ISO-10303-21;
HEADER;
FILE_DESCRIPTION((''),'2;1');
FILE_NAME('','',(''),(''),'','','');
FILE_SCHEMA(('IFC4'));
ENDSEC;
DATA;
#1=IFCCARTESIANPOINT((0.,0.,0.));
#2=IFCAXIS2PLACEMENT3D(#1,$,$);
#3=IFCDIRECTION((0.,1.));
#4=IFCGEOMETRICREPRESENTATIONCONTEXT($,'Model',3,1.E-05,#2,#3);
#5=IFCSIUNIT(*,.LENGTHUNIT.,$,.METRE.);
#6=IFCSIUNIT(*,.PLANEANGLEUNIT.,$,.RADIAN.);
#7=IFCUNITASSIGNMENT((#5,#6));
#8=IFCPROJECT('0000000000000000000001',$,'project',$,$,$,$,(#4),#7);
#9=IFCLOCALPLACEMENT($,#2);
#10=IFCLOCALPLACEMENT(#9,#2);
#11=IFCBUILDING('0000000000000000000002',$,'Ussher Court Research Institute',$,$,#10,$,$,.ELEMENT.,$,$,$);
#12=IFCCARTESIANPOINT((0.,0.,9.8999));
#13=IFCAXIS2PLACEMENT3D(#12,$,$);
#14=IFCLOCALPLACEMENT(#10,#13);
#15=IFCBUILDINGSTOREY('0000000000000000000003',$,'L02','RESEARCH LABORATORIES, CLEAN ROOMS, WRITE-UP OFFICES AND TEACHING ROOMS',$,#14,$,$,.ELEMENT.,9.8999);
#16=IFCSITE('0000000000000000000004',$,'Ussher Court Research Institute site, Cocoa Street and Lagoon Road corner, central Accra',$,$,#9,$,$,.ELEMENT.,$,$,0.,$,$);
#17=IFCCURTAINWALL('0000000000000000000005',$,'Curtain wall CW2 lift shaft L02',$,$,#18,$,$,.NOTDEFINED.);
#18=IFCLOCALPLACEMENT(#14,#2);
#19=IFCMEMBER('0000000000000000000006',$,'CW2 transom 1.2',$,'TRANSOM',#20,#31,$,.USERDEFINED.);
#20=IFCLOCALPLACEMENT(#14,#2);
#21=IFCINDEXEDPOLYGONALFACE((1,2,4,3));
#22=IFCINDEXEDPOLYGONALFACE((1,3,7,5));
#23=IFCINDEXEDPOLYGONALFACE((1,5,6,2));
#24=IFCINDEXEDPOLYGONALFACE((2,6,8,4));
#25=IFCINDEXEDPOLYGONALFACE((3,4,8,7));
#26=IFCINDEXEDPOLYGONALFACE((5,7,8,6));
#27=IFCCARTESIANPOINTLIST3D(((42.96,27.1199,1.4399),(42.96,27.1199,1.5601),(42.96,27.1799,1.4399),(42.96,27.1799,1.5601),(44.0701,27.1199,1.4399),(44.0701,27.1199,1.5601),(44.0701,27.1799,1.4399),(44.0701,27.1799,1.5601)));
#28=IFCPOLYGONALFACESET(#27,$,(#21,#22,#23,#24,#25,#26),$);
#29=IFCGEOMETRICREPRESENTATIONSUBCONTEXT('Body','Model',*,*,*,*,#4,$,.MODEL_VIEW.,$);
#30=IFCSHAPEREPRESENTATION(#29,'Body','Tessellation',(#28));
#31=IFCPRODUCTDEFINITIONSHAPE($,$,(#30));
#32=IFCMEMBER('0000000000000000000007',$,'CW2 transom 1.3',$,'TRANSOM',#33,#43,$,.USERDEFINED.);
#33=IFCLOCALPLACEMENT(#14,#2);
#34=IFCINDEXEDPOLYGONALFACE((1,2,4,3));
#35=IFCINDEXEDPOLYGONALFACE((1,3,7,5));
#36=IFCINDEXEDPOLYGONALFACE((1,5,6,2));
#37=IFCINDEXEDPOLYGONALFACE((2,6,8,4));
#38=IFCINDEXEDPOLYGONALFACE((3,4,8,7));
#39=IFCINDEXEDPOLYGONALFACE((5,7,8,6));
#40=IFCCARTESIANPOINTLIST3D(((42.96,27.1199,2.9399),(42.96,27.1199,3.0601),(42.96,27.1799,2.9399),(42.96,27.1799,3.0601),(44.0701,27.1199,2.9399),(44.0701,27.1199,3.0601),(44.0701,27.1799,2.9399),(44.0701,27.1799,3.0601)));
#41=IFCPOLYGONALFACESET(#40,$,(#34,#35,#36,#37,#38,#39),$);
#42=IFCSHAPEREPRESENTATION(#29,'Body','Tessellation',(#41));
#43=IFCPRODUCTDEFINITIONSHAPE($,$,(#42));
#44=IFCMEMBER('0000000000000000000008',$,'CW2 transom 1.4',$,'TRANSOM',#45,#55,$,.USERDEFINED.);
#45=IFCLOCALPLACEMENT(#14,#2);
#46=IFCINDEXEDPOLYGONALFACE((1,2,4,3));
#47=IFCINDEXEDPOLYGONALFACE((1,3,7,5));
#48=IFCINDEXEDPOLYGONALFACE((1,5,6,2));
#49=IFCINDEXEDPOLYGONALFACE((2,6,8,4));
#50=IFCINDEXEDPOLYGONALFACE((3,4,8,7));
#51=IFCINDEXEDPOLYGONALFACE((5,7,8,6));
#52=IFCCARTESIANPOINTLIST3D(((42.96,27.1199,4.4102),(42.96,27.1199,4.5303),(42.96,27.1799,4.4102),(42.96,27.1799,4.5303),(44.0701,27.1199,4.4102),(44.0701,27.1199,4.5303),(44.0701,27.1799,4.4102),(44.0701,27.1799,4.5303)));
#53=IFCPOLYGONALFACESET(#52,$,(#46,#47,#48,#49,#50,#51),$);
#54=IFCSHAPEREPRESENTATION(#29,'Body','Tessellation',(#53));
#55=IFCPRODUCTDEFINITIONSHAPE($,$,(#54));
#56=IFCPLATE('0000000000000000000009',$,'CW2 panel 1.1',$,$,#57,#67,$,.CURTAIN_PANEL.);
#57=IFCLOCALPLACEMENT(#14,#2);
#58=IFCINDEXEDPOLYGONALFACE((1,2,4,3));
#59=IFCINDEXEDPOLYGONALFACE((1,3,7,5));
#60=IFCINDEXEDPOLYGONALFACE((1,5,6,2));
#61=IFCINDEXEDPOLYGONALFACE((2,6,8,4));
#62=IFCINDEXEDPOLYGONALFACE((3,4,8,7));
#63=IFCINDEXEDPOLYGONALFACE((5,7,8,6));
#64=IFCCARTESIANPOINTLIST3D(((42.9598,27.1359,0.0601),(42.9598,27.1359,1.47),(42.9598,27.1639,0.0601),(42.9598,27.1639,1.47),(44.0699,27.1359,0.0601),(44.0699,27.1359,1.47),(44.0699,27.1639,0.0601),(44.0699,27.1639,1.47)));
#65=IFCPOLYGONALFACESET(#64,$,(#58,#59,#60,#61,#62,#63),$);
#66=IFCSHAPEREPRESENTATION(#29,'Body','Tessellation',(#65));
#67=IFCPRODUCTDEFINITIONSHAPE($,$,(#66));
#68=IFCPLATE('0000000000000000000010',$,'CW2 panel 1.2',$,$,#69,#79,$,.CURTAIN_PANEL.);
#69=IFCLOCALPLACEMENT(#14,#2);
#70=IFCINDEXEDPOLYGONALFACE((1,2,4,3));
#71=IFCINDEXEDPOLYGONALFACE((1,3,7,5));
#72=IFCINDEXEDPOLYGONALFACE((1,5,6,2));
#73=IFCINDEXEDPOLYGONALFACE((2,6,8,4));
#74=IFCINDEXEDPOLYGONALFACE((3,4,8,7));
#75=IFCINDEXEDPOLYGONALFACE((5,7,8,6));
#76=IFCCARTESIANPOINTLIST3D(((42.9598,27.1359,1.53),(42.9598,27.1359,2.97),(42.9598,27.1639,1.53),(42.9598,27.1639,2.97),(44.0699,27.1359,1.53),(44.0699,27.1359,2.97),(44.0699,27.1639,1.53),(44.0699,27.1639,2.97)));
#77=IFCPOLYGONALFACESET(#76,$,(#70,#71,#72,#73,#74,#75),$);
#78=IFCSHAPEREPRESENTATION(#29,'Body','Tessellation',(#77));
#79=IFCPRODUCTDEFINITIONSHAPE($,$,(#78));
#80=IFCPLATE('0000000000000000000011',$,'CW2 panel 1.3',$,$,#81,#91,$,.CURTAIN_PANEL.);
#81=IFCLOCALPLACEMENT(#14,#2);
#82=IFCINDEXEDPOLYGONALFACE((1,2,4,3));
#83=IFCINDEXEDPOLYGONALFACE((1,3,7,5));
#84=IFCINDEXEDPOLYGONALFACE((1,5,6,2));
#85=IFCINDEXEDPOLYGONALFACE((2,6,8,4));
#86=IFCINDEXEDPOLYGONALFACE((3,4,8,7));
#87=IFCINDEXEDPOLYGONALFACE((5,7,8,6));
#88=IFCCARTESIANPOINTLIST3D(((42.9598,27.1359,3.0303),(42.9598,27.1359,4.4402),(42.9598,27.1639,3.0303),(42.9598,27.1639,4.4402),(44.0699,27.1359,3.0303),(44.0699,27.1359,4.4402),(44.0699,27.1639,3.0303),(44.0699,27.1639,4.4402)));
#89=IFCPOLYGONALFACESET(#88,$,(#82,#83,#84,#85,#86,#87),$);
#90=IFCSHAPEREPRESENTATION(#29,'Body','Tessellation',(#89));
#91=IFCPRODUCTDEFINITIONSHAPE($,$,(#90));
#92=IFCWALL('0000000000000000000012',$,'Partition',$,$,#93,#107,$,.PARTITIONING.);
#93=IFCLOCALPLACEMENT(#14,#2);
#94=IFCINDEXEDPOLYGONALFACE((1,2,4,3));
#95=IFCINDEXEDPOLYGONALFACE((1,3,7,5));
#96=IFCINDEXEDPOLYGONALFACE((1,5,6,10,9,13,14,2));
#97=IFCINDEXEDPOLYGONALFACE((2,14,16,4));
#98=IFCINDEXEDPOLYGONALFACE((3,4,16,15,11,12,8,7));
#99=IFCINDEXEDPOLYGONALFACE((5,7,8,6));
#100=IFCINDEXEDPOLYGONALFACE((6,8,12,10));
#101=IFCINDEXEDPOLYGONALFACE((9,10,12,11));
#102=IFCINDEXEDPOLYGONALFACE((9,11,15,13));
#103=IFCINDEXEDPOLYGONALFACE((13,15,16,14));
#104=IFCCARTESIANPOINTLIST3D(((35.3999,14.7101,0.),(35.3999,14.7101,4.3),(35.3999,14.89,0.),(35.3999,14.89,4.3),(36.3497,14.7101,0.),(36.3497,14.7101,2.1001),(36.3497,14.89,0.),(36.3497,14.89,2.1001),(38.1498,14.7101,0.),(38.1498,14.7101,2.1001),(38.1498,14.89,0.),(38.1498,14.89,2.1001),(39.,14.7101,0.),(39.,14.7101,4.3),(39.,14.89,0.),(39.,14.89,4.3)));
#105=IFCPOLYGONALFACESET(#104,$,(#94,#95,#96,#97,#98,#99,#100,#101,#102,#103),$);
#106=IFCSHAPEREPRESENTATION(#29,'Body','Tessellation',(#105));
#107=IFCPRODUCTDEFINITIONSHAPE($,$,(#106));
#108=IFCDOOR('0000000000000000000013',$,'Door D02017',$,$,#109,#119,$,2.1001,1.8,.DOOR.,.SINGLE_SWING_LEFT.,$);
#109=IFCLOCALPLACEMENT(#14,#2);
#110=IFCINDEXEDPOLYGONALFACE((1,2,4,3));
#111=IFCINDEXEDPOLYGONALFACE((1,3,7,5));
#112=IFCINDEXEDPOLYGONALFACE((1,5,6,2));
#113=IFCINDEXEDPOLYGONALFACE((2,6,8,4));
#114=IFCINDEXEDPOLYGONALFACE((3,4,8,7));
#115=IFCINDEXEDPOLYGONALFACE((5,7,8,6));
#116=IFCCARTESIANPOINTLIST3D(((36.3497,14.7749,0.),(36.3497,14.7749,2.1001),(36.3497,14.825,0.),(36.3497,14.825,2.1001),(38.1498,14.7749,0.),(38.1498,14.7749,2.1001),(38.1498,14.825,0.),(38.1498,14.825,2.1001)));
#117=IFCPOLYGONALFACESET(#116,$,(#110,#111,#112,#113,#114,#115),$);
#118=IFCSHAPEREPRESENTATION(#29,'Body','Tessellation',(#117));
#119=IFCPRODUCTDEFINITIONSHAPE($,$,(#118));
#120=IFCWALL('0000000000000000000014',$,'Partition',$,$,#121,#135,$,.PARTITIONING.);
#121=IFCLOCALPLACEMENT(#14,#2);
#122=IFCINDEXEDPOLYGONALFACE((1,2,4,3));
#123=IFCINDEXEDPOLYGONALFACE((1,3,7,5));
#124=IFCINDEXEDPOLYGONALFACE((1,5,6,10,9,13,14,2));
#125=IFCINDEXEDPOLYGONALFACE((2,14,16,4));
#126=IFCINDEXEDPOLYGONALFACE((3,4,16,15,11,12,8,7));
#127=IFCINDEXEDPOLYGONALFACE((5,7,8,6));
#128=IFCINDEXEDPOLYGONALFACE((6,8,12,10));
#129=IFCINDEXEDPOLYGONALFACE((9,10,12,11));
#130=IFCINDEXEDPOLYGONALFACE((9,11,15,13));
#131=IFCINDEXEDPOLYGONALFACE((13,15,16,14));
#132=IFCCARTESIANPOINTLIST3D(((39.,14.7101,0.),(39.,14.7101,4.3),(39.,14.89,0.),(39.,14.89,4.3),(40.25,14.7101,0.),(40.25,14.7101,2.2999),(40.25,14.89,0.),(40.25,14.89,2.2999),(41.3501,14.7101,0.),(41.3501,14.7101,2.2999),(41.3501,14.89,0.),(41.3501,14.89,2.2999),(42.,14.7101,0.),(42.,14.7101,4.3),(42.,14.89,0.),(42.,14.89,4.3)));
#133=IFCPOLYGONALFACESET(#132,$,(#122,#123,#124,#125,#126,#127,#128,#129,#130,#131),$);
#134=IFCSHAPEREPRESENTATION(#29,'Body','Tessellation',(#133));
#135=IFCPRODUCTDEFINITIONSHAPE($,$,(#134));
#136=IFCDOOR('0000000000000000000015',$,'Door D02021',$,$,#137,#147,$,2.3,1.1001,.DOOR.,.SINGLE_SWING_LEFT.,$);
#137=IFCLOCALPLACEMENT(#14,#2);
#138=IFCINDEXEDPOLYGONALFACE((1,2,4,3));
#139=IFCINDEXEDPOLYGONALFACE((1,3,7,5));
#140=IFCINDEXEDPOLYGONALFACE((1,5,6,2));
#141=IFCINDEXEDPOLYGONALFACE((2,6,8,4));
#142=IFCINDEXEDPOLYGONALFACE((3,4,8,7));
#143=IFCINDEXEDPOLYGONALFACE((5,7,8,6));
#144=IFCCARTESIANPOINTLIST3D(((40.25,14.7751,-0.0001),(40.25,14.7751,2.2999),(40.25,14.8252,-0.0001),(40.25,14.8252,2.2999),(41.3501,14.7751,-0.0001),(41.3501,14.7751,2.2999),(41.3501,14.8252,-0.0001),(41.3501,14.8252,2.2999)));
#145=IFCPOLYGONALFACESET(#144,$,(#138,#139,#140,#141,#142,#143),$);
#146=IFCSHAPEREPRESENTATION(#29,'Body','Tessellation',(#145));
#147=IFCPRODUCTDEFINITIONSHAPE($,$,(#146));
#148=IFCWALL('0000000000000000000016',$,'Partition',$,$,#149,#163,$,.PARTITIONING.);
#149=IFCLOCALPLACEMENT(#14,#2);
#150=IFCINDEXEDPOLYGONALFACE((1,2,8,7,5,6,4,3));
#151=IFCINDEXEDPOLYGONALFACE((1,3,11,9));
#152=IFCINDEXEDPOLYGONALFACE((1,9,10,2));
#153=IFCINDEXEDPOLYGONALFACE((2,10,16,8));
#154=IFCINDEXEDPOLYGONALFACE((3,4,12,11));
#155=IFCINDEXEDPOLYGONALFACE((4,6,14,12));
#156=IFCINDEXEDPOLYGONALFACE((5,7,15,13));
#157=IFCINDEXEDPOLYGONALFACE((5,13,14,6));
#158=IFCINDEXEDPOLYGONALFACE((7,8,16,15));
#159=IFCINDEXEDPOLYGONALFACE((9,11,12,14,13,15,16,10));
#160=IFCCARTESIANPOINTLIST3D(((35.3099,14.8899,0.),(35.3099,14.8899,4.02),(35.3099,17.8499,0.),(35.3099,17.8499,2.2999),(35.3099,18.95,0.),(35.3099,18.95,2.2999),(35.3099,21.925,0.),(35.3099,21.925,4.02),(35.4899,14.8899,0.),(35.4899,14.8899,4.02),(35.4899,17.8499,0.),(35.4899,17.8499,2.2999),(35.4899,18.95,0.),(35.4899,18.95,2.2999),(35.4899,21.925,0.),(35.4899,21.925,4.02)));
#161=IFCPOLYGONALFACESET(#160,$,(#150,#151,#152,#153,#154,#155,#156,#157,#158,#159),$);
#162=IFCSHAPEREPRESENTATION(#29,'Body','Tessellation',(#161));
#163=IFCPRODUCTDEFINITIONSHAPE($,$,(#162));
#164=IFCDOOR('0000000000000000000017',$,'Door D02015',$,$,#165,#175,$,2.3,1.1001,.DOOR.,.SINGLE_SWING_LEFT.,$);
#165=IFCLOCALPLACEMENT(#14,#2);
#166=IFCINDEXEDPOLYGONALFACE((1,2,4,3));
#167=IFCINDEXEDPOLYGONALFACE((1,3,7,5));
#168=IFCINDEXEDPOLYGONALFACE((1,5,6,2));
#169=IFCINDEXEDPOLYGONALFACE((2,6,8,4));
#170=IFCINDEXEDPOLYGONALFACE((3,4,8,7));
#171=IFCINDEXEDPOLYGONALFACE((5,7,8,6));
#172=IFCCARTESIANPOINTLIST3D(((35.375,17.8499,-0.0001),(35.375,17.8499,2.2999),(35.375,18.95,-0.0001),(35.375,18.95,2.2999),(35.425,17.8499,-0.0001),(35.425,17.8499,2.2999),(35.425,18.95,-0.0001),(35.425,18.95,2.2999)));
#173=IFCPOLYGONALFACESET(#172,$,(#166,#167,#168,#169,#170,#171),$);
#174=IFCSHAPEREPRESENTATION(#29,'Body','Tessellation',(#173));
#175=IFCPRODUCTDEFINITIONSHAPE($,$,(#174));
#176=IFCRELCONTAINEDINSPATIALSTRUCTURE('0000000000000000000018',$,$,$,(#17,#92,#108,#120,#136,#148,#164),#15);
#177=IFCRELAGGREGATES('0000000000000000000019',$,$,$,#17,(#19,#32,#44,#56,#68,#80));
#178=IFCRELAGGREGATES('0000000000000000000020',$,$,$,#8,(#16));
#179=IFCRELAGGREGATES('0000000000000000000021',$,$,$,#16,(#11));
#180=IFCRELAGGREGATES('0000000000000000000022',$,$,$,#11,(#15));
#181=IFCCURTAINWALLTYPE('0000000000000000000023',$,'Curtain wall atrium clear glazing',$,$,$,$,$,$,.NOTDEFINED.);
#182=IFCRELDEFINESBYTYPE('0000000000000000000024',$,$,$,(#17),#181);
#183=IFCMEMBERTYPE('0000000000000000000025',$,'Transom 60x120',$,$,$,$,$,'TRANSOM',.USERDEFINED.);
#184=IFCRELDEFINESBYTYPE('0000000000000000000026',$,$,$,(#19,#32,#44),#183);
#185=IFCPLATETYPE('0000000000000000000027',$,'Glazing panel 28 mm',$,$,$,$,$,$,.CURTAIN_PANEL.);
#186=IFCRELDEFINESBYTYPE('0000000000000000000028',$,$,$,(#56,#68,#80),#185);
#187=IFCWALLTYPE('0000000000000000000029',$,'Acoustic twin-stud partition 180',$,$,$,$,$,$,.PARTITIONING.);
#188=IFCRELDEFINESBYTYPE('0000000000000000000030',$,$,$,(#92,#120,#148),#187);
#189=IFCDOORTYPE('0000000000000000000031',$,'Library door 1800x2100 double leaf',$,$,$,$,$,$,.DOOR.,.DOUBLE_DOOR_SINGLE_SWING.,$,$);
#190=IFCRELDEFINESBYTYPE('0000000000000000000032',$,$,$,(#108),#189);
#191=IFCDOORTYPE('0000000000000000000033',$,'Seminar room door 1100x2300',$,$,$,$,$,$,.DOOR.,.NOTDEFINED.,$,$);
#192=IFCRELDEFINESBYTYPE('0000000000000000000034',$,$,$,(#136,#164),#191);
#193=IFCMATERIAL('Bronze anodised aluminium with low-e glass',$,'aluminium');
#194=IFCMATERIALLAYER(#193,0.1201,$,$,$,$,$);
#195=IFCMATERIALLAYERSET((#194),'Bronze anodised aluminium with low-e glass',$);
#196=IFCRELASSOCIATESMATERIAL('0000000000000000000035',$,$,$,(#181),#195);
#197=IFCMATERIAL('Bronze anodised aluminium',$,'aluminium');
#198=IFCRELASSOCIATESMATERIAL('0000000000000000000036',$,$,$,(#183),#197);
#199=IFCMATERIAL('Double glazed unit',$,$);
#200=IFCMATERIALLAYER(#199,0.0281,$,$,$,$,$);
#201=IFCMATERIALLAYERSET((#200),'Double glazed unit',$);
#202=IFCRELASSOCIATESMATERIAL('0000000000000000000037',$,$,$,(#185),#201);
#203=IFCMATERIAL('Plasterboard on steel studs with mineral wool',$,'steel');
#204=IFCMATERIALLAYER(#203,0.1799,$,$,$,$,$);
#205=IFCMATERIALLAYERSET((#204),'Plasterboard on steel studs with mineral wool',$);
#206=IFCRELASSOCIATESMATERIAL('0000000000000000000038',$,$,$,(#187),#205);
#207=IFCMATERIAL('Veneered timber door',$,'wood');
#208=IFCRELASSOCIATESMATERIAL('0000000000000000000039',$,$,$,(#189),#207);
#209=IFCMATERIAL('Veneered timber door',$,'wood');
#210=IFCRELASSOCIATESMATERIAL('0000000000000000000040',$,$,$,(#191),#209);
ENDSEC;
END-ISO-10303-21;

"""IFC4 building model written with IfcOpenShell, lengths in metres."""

from ifc_helpers import new_model, si_unit, direction, frame, frame_2d, origin, origin_2d, place, context, subcontext, project, spatial, rectangle, extrude, material, layer, layer_set, material_profile, profile_set, type_object, element, fill, aggregate, save


model = new_model("IFC4")

# Units and contexts
model_context = context("Model", 3, precision=1e-05, world=origin(), true_north=direction((0.0, 1.0)))
body_context = subcontext(model_context, "Body", "Model", "MODEL_VIEW")
ifc_project = project(units=[si_unit("LENGTHUNIT", "METRE"), si_unit("PLANEANGLEUNIT", "RADIAN")], contexts=[model_context])

# Site, building, storey
site_placement = place(None, origin())
site = spatial("IfcSite", under=ifc_project, at=site_placement, Name="Ussher Court Research Institute site, Cocoa Street and Lagoon Road corner, central Accra", CompositionType="ELEMENT", RefElevation=0.0)
building_placement = place(site_placement, origin())
building = spatial("IfcBuilding", under=site, at=building_placement, Name="Ussher Court Research Institute", CompositionType="ELEMENT")
storey_placement = place(building_placement, frame((0.0, 0.0, 9.8999)))
storey = spatial("IfcBuildingStorey", under=building, at=storey_placement, Name="L02", Description="RESEARCH LABORATORIES, CLEAN ROOMS, WRITE-UP OFFICES AND TEACHING ROOMS", CompositionType="ELEMENT", Elevation=9.8999)

# Curtain wall
ifc_material_1 = material(Name="Bronze anodised aluminium with low-e glass", Category="aluminium")
ifc_layer_1 = layer(ifc_material_1, 0.1201)
ifc_layer_set_1 = layer_set([ifc_layer_1], Name="Bronze anodised aluminium with low-e glass")
curtain_wall_type = type_object("IfcCurtainWallType", Name="Curtain wall atrium clear glazing", PredefinedType="NOTDEFINED", material=ifc_layer_set_1)
curtain_wall_placement = place(storey_placement, origin())
curtain_wall = element("IfcCurtainWall", 1, at=curtain_wall_placement, inside=storey, type_object=curtain_wall_type, Name="Curtain wall CW2 lift shaft L02", PredefinedType="NOTDEFINED")

# Members
ifc_material_2 = material(Name="Bronze anodised aluminium", Category="aluminium")
ifc_material_profile_1 = material_profile(ifc_material_2, rectangle(XDim=0.0601, YDim=0.1201, at=origin_2d()), Name="Transom 60x120")
ifc_profile_set_1 = profile_set([ifc_material_profile_1], Name="Bronze anodised aluminium")
member_type_1 = type_object("IfcMemberType", Name="Transom 60x120", ElementType="TRANSOM", PredefinedType="USERDEFINED", material=ifc_profile_set_1)
member_1_placement = place(storey_placement, frame((42.96, 27.1499, 1.5), z_axis=(1.0, 0.0, 0.0), x_axis=(0.0, 1.0, 0.0)))
member_1 = element("IfcMember", 2, at=member_1_placement, type_object=member_type_1, Name="CW2 transom 1.2", ObjectType="TRANSOM", PredefinedType="USERDEFINED", context=body_context, shape_type="SweptSolid", body=[
    extrude(rectangle(XDim=0.0601, YDim=0.1201, at=origin_2d()), origin(), (0.0, 0.0, 1.0), 1.1101),
])
member_2_placement = place(storey_placement, frame((42.96, 27.1499, 3.0), z_axis=(1.0, 0.0, 0.0), x_axis=(0.0, 1.0, 0.0)))
member_2 = element("IfcMember", 3, at=member_2_placement, type_object=member_type_1, Name="CW2 transom 1.3", ObjectType="TRANSOM", PredefinedType="USERDEFINED", context=body_context, shape_type="SweptSolid", body=[
    extrude(rectangle(XDim=0.0601, YDim=0.1201, at=origin_2d()), origin(), (0.0, 0.0, 1.0), 1.1101),
])
member_3_placement = place(storey_placement, frame((42.96, 27.1499, 4.4702), z_axis=(1.0, 0.0, 0.0), x_axis=(0.0, 1.0, 0.0)))
member_3 = element("IfcMember", 4, at=member_3_placement, type_object=member_type_1, Name="CW2 transom 1.4", ObjectType="TRANSOM", PredefinedType="USERDEFINED", context=body_context, shape_type="SweptSolid", body=[
    extrude(rectangle(XDim=0.0601, YDim=0.1201, at=origin_2d()), origin(), (0.0, 0.0, 1.0), 1.1101),
])

# Plates
ifc_material_3 = material(Name="Double glazed unit")
ifc_layer_2 = layer(ifc_material_3, 0.0281)
ifc_layer_set_2 = layer_set([ifc_layer_2], Name="Double glazed unit")
plate_type = type_object("IfcPlateType", Name="Glazing panel 28 mm", PredefinedType="CURTAIN_PANEL", material=ifc_layer_set_2)
plate_1_placement = place(storey_placement, frame((43.5149, 27.1499, 0.0601), z_axis=(0.0, 0.0, 1.0), x_axis=(1.0, 0.0, 0.0)))
plate_1 = element("IfcPlate", 5, at=plate_1_placement, type_object=plate_type, Name="CW2 panel 1.1", PredefinedType="CURTAIN_PANEL", context=body_context, shape_type="SweptSolid", body=[
    extrude(rectangle(XDim=1.1101, YDim=0.0281, at=origin_2d()), origin(), (0.0, 0.0, 1.0), 1.4099),
])
plate_2_placement = place(storey_placement, frame((43.5149, 27.1499, 1.53), z_axis=(0.0, 0.0, 1.0), x_axis=(1.0, 0.0, 0.0)))
plate_2 = element("IfcPlate", 6, at=plate_2_placement, type_object=plate_type, Name="CW2 panel 1.2", PredefinedType="CURTAIN_PANEL", context=body_context, shape_type="SweptSolid", body=[
    extrude(rectangle(XDim=1.1101, YDim=0.0281, at=origin_2d()), origin(), (0.0, 0.0, 1.0), 1.4399),
])
plate_3_placement = place(storey_placement, frame((43.5149, 27.1499, 3.0303), z_axis=(0.0, 0.0, 1.0), x_axis=(1.0, 0.0, 0.0)))
plate_3 = element("IfcPlate", 7, at=plate_3_placement, type_object=plate_type, Name="CW2 panel 1.3", PredefinedType="CURTAIN_PANEL", context=body_context, shape_type="SweptSolid", body=[
    extrude(rectangle(XDim=1.1101, YDim=0.0281, at=origin_2d()), origin(), (0.0, 0.0, 1.0), 1.4099),
])
aggregate(curtain_wall, [member_1, member_2, member_3, plate_1, plate_2, plate_3])

# Walls, openings, doors
ifc_material_4 = material(Name="Plasterboard on steel studs with mineral wool", Category="steel")
ifc_layer_3 = layer(ifc_material_4, 0.1799)
ifc_layer_set_3 = layer_set([ifc_layer_3], Name="Plasterboard on steel studs with mineral wool")
wall_type_1 = type_object("IfcWallType", Name="Acoustic twin-stud partition 180", PredefinedType="PARTITIONING", material=ifc_layer_set_3)
wall_1_placement = place(storey_placement, frame((35.3999, 14.8, 0.0), z_axis=(0.0, 0.0, 1.0), x_axis=(1.0, 0.0, 0.0)))
wall_1 = element("IfcWall", 8, at=wall_1_placement, inside=storey, type_object=wall_type_1, Name="Partition", PredefinedType="PARTITIONING", context=body_context, shape_type="SweptSolid", body=[
    extrude(rectangle(XDim=3.6001, YDim=0.1799, at=frame_2d((1.8, 0.0))), origin(), (0.0, 0.0, 1.0), 4.3),
])
opening_1_placement = place(wall_1_placement, frame((0.95, 0.0, 0.0)))
opening_1 = element("IfcOpeningElement", 9, at=opening_1_placement, cuts=wall_1, PredefinedType="OPENING", context=body_context, shape_type="SweptSolid", body=[
    extrude(rectangle(XDim=1.8, YDim=2.1001, at=frame_2d((0.8999, 1.05))), frame((0.0, 0.1001, 0.0), z_axis=(0.0, -1.0, 0.0), x_axis=(1.0, 0.0, 0.0)), (0.0, 0.0, 1.0), 0.2),
])
ifc_material_5 = material(Name="Veneered timber door", Category="wood")
door_type_1 = type_object("IfcDoorType", Name="Library door 1800x2100 double leaf", OperationType="DOUBLE_DOOR_SINGLE_SWING", PredefinedType="DOOR", material=ifc_material_5)
door_1_placement = place(opening_1_placement, origin())
door_1 = element("IfcDoor", 10, at=door_1_placement, inside=storey, type_object=door_type_1, Name="Door D02017", OperationType="SINGLE_SWING_LEFT", OverallHeight=2.1001, OverallWidth=1.8, PredefinedType="DOOR", context=body_context, shape_type="SweptSolid", body=[
    extrude(rectangle(XDim=1.8, YDim=2.1001, at=frame_2d((0.8999, 1.05))), frame((0.0, 0.0249, 0.0), z_axis=(0.0, -1.0, 0.0), x_axis=(1.0, 0.0, 0.0)), (0.0, 0.0, 1.0), 0.05),
])
fill(opening_1, door_1)
wall_2_placement = place(storey_placement, frame((42.0, 14.8, 0.0), z_axis=(0.0, 0.0, 1.0), x_axis=(-1.0, 0.0, 0.0)))
wall_2 = element("IfcWall", 11, at=wall_2_placement, inside=storey, type_object=wall_type_1, Name="Partition", PredefinedType="PARTITIONING", context=body_context, shape_type="SweptSolid", body=[
    extrude(rectangle(XDim=3.0, YDim=0.1799, at=frame_2d((1.5, 0.0))), origin(), (0.0, 0.0, 1.0), 4.3),
])
opening_2_placement = place(wall_2_placement, frame((0.6499, 0.0, 0.0)))
opening_2 = element("IfcOpeningElement", 12, at=opening_2_placement, cuts=wall_2, PredefinedType="OPENING", context=body_context, shape_type="SweptSolid", body=[
    extrude(rectangle(XDim=1.1001, YDim=2.3, at=frame_2d((0.55, 1.1499))), frame((0.0, 0.1001, 0.0), z_axis=(0.0, -1.0, 0.0), x_axis=(1.0, 0.0, 0.0)), (0.0, 0.0, 1.0), 0.2),
])
ifc_material_6 = material(Name="Veneered timber door", Category="wood")
door_type_2 = type_object("IfcDoorType", Name="Seminar room door 1100x2300", OperationType="NOTDEFINED", PredefinedType="DOOR", material=ifc_material_6)
door_2_placement = place(opening_2_placement, origin())
door_2 = element("IfcDoor", 13, at=door_2_placement, inside=storey, type_object=door_type_2, Name="Door D02021", OperationType="SINGLE_SWING_LEFT", OverallHeight=2.3, OverallWidth=1.1001, PredefinedType="DOOR", context=body_context, shape_type="SweptSolid", body=[
    extrude(rectangle(XDim=1.1001, YDim=2.3, at=frame_2d((0.55, 1.1499))), frame((0.0, 0.0249, 0.0), z_axis=(0.0, -1.0, 0.0), x_axis=(1.0, 0.0, 0.0)), (0.0, 0.0, 1.0), 0.05),
])
fill(opening_2, door_2)
wall_3_placement = place(storey_placement, frame((35.3999, 14.8899, 0.0), z_axis=(0.0, 0.0, 1.0), x_axis=(0.0, 1.0, 0.0)))
wall_3 = element("IfcWall", 14, at=wall_3_placement, inside=storey, type_object=wall_type_1, Name="Partition", PredefinedType="PARTITIONING", context=body_context, shape_type="SweptSolid", body=[
    extrude(rectangle(XDim=7.0352, YDim=0.1799, at=frame_2d((3.5176, 0.0))), origin(), (0.0, 0.0, 1.0), 4.02),
])
opening_3_placement = place(wall_3_placement, frame((2.96, 0.0, 0.0)))
opening_3 = element("IfcOpeningElement", 15, at=opening_3_placement, cuts=wall_3, PredefinedType="OPENING", context=body_context, shape_type="SweptSolid", body=[
    extrude(rectangle(XDim=1.1001, YDim=2.3, at=frame_2d((0.55, 1.1499))), frame((0.0, 0.1001, 0.0), z_axis=(0.0, -1.0, 0.0), x_axis=(1.0, 0.0, 0.0)), (0.0, 0.0, 1.0), 0.2),
])
door_3_placement = place(opening_3_placement, origin())
door_3 = element("IfcDoor", 16, at=door_3_placement, inside=storey, type_object=door_type_2, Name="Door D02015", OperationType="SINGLE_SWING_LEFT", OverallHeight=2.3, OverallWidth=1.1001, PredefinedType="DOOR", context=body_context, shape_type="SweptSolid", body=[
    extrude(rectangle(XDim=1.1001, YDim=2.3, at=frame_2d((0.55, 1.1499))), frame((0.0, 0.0249, 0.0), z_axis=(0.0, -1.0, 0.0), x_axis=(1.0, 0.0, 0.0)), (0.0, 0.0, 1.0), 0.05),
])
fill(opening_3, door_3)

save(model, "model.ifc")
